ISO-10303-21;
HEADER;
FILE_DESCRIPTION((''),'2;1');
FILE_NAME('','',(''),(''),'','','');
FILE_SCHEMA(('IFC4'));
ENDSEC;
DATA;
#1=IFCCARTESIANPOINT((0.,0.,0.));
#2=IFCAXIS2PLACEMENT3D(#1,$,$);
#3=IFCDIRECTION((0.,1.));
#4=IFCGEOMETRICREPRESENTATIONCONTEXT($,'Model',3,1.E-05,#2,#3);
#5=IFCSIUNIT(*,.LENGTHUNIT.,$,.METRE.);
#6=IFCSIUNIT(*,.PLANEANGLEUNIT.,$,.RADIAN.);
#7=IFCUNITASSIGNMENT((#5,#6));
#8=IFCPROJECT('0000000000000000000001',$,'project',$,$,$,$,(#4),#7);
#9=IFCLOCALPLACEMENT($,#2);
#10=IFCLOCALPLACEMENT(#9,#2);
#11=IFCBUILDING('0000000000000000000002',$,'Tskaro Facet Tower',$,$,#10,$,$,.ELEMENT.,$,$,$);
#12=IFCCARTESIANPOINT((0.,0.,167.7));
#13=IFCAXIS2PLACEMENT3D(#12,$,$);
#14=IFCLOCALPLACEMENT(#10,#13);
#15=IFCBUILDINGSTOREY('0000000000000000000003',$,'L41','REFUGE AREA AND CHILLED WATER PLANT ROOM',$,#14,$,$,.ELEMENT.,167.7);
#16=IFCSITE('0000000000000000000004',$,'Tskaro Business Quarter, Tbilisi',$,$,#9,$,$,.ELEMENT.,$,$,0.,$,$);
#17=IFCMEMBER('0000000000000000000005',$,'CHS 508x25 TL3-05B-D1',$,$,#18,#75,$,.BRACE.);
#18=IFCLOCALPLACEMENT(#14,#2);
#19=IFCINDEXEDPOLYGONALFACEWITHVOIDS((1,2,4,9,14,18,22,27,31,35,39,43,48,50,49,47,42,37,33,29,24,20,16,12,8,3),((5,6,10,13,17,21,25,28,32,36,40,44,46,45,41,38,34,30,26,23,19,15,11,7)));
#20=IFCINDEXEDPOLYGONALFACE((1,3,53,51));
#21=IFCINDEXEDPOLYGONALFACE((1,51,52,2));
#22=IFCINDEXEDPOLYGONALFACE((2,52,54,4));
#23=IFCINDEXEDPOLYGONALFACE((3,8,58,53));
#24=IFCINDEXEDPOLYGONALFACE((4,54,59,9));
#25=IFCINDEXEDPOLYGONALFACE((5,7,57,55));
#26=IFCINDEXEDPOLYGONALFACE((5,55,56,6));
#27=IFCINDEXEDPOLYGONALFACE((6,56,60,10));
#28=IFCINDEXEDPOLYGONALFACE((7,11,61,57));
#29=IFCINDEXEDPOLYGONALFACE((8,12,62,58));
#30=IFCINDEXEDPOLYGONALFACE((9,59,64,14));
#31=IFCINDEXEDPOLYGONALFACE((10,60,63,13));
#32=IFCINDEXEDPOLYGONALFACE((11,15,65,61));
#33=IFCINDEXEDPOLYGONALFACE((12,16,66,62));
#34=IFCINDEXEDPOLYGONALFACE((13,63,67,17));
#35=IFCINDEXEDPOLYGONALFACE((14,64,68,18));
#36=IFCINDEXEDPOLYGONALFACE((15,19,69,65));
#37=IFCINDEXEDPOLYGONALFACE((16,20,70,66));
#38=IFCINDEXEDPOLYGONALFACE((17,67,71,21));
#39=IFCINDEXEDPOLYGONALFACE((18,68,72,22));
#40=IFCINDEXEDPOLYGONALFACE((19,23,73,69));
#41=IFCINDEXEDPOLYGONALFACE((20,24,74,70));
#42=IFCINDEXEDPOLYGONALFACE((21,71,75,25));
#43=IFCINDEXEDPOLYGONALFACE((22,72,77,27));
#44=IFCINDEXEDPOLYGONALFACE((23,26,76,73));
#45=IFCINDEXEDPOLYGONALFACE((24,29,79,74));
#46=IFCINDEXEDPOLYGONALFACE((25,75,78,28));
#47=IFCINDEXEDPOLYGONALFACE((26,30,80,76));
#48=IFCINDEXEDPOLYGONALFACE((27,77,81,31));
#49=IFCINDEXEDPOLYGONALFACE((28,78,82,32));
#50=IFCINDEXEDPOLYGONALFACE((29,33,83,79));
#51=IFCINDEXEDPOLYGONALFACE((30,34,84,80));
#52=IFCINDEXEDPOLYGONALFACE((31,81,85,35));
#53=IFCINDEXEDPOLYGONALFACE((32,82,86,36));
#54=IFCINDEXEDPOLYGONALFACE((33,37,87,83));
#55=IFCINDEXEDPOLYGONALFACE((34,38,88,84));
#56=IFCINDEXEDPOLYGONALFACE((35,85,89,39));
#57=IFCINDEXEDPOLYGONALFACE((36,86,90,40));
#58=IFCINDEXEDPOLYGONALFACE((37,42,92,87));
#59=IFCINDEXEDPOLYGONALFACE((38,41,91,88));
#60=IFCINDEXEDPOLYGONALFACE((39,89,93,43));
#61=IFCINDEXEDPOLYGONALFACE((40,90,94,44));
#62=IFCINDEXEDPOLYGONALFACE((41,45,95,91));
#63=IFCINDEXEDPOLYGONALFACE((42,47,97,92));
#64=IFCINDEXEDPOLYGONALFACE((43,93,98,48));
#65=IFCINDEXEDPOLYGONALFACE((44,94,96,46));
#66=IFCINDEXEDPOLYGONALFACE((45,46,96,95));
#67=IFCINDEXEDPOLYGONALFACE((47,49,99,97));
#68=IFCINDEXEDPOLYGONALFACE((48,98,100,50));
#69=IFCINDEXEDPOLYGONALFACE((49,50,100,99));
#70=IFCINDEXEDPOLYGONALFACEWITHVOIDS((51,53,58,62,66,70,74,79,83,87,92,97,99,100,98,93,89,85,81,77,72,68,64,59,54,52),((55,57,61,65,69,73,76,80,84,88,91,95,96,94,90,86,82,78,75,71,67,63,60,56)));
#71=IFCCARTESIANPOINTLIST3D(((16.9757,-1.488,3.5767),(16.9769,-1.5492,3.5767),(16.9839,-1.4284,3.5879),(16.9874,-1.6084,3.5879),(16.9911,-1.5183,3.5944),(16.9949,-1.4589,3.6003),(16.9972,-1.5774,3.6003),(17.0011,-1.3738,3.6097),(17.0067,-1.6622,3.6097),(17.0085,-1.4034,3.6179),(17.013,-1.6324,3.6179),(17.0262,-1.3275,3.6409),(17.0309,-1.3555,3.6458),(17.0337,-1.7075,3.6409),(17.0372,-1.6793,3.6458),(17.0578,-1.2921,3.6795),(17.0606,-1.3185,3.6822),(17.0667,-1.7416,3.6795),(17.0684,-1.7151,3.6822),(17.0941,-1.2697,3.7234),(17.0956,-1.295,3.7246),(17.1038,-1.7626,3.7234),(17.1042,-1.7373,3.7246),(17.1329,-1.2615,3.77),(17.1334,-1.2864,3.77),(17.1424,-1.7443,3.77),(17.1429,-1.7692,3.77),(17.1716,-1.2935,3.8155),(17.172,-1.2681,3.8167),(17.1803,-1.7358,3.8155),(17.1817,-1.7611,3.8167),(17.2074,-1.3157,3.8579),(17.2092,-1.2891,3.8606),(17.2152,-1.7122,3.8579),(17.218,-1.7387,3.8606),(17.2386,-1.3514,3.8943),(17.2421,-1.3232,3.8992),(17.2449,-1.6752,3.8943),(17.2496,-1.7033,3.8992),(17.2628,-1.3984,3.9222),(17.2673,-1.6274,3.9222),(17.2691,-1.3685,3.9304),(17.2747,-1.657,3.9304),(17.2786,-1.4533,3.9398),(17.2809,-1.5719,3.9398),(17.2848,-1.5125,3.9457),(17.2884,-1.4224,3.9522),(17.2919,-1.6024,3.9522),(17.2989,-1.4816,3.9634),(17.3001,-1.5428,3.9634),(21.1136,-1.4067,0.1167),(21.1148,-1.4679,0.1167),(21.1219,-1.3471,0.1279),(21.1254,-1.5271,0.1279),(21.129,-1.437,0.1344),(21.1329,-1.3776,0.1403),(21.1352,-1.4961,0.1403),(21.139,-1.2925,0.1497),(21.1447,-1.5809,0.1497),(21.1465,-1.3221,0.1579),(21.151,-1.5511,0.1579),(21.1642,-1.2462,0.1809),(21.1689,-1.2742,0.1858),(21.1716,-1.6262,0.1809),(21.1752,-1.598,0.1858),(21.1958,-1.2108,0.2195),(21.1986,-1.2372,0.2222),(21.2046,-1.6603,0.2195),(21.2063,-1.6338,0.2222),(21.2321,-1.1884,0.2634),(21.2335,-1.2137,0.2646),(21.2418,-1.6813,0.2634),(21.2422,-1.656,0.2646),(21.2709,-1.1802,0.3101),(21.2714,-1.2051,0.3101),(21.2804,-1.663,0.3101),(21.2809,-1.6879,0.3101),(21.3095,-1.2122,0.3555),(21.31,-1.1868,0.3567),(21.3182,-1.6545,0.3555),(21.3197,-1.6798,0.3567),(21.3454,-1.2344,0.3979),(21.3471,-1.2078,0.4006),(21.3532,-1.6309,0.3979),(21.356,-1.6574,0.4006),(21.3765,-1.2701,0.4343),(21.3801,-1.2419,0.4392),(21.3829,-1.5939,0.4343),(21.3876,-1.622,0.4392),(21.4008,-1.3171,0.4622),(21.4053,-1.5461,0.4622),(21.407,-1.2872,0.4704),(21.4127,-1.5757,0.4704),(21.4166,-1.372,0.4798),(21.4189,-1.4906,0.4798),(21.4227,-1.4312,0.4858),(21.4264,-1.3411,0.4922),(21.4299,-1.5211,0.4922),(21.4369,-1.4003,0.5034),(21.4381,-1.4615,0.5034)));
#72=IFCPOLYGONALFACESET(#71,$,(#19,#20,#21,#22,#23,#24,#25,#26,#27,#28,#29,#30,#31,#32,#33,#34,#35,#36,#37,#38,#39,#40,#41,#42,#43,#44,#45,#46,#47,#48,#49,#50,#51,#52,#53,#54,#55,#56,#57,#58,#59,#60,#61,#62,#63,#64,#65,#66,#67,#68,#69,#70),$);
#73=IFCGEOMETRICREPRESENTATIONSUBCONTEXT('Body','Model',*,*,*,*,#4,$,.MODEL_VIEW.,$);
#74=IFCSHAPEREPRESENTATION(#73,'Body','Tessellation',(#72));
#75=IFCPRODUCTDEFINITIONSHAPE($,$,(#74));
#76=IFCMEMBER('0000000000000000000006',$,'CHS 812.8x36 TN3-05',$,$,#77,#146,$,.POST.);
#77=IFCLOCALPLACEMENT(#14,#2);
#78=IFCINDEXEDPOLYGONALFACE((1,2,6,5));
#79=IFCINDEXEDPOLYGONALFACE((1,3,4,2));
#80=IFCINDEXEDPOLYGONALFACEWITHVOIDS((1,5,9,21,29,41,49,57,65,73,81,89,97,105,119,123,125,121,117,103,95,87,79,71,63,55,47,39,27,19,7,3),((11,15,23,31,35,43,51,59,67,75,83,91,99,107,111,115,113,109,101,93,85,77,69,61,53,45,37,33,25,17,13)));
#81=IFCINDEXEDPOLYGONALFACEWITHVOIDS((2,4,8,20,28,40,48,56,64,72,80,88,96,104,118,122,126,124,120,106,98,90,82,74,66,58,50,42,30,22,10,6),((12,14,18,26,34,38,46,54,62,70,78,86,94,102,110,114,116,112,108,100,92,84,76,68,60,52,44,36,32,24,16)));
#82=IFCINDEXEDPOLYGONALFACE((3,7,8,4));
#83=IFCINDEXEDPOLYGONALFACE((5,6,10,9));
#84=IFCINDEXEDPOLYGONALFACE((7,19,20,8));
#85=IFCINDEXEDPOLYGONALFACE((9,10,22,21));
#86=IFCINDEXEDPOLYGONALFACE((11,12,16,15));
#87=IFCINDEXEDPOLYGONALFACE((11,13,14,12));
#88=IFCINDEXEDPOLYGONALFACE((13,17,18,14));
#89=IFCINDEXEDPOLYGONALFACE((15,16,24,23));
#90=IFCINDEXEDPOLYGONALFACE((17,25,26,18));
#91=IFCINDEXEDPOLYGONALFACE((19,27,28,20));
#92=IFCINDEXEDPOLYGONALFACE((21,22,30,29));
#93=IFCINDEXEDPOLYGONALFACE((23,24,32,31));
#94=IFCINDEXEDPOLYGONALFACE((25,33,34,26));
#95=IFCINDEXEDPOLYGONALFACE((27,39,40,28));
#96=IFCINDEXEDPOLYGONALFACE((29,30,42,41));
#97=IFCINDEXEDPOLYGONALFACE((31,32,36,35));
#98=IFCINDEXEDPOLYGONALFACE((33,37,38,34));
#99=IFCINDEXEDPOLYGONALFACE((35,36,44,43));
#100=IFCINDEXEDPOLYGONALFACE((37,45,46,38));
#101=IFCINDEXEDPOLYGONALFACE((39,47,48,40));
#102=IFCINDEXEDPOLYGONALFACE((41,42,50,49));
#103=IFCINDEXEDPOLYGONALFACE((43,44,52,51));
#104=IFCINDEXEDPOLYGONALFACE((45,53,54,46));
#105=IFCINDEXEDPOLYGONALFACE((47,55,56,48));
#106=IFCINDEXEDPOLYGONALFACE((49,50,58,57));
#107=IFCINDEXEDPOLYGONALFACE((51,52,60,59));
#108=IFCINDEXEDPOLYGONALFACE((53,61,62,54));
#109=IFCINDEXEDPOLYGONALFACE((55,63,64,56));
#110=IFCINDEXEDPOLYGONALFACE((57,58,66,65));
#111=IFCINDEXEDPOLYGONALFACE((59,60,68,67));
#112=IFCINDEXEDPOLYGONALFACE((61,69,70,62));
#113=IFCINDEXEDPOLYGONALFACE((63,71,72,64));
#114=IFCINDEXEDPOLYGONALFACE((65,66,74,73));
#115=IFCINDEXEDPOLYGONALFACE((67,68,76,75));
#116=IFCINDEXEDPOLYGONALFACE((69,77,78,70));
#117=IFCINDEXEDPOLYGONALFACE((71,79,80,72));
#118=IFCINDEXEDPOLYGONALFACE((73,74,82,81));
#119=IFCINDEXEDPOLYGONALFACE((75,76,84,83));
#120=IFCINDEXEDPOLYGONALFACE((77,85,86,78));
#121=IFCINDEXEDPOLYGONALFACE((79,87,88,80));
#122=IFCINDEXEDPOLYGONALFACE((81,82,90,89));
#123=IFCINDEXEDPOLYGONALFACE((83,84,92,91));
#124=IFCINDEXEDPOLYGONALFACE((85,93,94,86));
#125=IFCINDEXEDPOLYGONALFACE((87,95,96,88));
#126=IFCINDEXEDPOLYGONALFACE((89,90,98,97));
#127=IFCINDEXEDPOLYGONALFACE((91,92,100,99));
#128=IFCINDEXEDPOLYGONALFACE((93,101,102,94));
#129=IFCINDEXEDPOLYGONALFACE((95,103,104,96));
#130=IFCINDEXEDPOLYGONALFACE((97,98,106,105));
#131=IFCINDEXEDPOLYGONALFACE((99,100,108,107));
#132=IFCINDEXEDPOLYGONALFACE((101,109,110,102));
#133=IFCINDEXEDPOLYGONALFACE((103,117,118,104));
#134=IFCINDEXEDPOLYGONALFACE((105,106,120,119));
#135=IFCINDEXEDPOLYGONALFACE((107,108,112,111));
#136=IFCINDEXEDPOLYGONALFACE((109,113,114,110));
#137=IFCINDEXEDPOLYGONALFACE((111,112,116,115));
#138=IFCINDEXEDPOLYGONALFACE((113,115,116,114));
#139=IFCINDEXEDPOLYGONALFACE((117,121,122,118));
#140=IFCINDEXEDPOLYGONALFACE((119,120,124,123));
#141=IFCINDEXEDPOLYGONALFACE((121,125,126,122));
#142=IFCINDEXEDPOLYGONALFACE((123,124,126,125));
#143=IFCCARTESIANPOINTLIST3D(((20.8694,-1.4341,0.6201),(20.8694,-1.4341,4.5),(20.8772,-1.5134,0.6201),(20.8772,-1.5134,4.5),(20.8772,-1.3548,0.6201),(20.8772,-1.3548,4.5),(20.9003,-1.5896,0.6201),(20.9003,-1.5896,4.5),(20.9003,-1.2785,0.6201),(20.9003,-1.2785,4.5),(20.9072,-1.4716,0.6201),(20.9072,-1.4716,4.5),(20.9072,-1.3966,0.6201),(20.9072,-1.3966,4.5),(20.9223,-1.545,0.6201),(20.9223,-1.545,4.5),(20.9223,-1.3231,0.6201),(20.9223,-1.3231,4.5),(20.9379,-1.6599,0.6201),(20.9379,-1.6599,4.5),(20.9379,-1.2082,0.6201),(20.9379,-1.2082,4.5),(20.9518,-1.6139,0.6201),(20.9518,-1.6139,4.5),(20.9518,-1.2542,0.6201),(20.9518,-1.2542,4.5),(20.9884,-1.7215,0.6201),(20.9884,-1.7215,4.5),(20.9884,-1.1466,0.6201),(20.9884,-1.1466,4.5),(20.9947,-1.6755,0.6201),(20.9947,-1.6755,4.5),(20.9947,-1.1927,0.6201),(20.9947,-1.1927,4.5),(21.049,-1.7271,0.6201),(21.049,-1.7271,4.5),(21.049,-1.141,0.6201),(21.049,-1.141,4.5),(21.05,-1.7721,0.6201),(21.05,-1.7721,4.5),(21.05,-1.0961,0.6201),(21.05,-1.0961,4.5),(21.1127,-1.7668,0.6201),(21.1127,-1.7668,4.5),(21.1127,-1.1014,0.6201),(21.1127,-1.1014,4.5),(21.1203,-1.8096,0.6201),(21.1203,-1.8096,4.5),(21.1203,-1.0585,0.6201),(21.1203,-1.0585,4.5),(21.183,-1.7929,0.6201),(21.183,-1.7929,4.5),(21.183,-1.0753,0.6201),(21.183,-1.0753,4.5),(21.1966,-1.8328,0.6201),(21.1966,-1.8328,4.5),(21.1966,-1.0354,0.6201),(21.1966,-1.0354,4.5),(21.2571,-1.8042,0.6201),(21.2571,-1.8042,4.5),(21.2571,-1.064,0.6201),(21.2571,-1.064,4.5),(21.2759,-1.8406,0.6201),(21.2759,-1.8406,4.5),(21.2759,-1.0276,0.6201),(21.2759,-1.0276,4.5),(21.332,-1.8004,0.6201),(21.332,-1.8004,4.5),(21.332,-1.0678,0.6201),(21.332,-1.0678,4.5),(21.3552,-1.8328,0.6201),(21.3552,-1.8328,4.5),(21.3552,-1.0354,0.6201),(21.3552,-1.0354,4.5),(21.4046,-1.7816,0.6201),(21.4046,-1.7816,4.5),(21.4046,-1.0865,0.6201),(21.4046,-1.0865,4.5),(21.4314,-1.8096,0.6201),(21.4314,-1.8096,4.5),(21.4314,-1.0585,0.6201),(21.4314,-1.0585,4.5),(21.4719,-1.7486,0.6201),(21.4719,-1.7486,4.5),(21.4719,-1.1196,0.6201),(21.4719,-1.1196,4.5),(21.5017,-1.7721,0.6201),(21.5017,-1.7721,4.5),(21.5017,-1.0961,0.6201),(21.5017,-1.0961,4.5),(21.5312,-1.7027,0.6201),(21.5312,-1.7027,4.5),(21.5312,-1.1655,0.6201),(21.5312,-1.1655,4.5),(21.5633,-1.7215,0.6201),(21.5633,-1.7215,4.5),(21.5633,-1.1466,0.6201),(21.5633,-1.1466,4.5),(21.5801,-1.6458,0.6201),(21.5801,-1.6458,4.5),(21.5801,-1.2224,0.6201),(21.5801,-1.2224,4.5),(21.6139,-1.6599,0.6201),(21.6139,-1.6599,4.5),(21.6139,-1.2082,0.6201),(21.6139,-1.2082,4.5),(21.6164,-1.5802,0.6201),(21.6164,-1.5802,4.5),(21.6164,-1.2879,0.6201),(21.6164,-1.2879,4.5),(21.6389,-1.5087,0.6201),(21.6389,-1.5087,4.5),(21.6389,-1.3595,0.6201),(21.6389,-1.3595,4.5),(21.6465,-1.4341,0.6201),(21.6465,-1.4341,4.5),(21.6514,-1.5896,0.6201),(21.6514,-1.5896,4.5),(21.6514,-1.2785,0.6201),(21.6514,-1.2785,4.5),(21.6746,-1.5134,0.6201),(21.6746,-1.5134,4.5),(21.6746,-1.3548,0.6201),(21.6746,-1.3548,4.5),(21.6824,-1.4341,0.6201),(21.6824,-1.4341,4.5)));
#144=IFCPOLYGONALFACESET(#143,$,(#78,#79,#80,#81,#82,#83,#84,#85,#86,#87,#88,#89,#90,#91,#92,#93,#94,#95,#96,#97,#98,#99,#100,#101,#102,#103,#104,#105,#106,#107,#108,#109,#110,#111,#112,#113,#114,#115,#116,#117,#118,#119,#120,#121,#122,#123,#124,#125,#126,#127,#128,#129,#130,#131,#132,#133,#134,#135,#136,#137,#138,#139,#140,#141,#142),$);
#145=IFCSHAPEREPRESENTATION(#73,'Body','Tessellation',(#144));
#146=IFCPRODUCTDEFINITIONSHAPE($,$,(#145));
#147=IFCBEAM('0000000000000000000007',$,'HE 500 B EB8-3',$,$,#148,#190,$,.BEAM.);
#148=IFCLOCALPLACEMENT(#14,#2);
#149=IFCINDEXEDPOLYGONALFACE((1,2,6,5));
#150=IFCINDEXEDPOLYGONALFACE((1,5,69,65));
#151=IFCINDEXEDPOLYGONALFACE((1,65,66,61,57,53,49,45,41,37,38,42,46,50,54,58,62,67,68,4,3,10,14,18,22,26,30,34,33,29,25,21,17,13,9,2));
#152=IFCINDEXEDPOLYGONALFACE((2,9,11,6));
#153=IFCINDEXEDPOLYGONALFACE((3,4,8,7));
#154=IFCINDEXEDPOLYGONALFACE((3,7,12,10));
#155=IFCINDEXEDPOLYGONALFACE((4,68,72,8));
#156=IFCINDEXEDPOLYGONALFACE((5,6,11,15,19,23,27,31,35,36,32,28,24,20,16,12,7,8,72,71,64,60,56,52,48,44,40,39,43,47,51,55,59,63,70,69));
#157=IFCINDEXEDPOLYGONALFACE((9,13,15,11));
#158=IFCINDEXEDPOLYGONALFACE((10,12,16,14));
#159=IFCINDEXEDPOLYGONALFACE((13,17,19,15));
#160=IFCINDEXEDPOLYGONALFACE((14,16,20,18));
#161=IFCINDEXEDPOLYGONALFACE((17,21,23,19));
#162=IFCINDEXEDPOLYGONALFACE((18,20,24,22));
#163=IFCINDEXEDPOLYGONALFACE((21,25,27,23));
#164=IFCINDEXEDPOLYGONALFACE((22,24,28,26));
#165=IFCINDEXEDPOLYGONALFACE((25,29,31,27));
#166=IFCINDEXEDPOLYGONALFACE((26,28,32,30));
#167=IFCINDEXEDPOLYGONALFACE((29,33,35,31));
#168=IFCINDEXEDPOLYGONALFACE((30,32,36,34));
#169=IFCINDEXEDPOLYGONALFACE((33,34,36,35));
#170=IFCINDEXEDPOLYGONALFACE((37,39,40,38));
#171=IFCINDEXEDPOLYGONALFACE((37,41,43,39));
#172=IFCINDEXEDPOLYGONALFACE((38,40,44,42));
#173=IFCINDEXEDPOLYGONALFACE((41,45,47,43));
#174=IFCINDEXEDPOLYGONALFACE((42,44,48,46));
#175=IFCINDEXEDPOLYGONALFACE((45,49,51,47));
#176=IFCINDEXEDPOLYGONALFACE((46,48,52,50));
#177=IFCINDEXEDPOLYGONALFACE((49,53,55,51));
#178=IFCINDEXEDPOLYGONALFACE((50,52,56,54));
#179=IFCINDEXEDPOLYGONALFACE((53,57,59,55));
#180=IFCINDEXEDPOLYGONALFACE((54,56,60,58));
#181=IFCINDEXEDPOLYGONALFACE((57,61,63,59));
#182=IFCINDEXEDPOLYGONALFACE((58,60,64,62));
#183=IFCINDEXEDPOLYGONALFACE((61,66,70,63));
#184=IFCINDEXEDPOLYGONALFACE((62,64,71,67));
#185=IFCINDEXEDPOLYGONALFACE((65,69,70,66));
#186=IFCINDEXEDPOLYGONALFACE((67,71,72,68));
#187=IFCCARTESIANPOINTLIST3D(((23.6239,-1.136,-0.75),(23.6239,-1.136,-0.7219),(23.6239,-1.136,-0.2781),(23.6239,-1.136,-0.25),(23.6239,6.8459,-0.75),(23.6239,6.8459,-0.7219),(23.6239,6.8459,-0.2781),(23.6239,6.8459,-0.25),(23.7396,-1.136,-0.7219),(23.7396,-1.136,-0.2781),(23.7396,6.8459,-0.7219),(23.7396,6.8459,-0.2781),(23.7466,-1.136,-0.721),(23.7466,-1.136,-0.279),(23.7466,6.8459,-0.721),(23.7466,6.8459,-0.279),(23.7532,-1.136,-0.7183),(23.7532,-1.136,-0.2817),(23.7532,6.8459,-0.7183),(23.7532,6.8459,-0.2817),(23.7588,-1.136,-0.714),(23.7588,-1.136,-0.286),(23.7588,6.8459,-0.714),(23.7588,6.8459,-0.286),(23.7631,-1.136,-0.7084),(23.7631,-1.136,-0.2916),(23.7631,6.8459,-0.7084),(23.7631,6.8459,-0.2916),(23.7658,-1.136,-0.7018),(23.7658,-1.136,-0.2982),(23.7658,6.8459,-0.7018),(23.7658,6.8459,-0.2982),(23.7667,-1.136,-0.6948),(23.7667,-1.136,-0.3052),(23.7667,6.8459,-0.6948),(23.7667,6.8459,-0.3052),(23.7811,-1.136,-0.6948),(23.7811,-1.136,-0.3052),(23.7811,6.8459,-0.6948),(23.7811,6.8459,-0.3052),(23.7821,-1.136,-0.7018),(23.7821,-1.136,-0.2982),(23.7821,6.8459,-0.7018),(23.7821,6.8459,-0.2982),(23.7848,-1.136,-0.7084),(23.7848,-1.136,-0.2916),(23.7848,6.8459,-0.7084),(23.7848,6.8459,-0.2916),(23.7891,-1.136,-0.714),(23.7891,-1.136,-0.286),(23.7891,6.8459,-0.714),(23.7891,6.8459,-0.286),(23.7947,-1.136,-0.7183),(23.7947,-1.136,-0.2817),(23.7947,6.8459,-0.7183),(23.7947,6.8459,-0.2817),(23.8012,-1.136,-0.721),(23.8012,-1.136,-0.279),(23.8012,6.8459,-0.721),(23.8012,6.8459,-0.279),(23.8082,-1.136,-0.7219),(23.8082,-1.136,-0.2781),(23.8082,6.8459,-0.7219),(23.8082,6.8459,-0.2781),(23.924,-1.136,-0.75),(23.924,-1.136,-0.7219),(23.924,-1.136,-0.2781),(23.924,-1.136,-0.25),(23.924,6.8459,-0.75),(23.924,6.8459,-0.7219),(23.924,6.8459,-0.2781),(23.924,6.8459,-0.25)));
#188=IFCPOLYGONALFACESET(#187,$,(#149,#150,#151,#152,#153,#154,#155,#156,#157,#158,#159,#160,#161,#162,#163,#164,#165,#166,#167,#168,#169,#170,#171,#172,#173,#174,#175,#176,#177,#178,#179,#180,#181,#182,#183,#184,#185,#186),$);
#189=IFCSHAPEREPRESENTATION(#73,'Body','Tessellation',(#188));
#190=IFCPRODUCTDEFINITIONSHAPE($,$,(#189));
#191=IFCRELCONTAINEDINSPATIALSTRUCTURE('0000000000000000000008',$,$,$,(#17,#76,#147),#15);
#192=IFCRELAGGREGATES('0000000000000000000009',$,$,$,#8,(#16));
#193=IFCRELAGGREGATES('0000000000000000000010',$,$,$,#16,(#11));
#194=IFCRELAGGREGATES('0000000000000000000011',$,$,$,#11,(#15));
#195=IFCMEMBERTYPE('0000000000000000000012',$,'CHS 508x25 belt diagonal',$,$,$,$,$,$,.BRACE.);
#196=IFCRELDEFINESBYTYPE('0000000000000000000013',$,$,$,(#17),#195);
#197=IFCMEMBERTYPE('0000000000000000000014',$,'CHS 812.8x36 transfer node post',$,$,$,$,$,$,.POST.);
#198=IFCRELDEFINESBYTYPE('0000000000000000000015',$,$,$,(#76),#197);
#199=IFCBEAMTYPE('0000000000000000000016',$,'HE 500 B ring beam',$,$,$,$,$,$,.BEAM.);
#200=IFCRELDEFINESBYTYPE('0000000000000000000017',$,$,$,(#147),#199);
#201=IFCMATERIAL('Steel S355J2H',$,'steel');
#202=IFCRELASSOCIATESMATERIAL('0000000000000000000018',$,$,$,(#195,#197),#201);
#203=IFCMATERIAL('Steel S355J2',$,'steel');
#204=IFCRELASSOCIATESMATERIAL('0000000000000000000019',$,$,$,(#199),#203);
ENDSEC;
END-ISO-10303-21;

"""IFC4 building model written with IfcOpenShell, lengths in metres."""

from ifc_helpers import new_model, si_unit, direction, frame, origin, origin_2d, place, context, subcontext, project, spatial, hollow_circle, i_section, extrude, material, material_profile, profile_set, type_object, element, save


model = new_model("IFC4")

# Units and contexts
model_context = context("Model", 3, precision=1e-05, world=origin(), true_north=direction((0.0, 1.0)))
body_context = subcontext(model_context, "Body", "Model", "MODEL_VIEW")
ifc_project = project(units=[si_unit("LENGTHUNIT", "METRE"), si_unit("PLANEANGLEUNIT", "RADIAN")], contexts=[model_context])

# Site, building, storey
site_placement = place(None, origin())
site = spatial("IfcSite", under=ifc_project, at=site_placement, Name="Tskaro Business Quarter, Tbilisi", CompositionType="ELEMENT", RefElevation=0.0)
building_placement = place(site_placement, origin())
building = spatial("IfcBuilding", under=site, at=building_placement, Name="Tskaro Facet Tower", CompositionType="ELEMENT")
storey_placement = place(building_placement, frame((0.0, 0.0, 167.7)))
storey = spatial("IfcBuildingStorey", under=building, at=storey_placement, Name="L41", Description="REFUGE AREA AND CHILLED WATER PLANT ROOM", CompositionType="ELEMENT", Elevation=167.7)

# Shared definitions
ifc_material_1 = material(Name="Steel S355J2H", Category="steel")

# Shared definitions
ifc_material_2 = material(Name="Steel S355J2", Category="steel")

# Members
ifc_material_profile_1 = material_profile(ifc_material_1, hollow_circle(Radius=0.2539, WallThickness=0.0249, at=origin_2d()), Name="CHS 508x25")
ifc_profile_set_1 = profile_set([ifc_material_profile_1], Name="Steel S355J2H")
member_type_1 = type_object("IfcMemberType", Name="CHS 508x25 belt diagonal", PredefinedType="BRACE", material=ifc_profile_set_1)
member_1_placement = place(storey_placement, frame((21.2759, -1.4341, 0.3101), z_axis=(-0.767068, -0.015071, 0.641388), x_axis=(0.019643, -0.999807, 0.0)))
element("IfcMember", 1, at=member_1_placement, inside=storey, type_object=member_type_1, Name="CHS 508x25 TL3-05B-D1", PredefinedType="BRACE", context=body_context, shape_type="SweptSolid", body=[
    extrude(hollow_circle(Radius=0.2539, WallThickness=0.0249, at=origin_2d()), origin(), (0.0, 0.0, 1.0), 5.3945),
])
ifc_material_profile_2 = material_profile(ifc_material_1, hollow_circle(Radius=0.4065, WallThickness=0.0359, at=origin_2d()), Name="CHS 812.8x36")
ifc_profile_set_2 = profile_set([ifc_material_profile_2], Name="Steel S355J2H")
member_type_2 = type_object("IfcMemberType", Name="CHS 812.8x36 transfer node post", PredefinedType="POST", material=ifc_profile_set_2)
member_2_placement = place(storey_placement, frame((21.2759, -1.4341, 0.6201), z_axis=(0.0, 0.0, 1.0), x_axis=(1.0, 0.0, 0.0)))
element("IfcMember", 2, at=member_2_placement, inside=storey, type_object=member_type_2, Name="CHS 812.8x36 TN3-05", PredefinedType="POST", context=body_context, shape_type="SweptSolid", body=[
    extrude(hollow_circle(Radius=0.4065, WallThickness=0.0359, at=origin_2d()), origin(), (0.0, 0.0, 1.0), 3.8799),
])

# Beam
ifc_material_profile_3 = material_profile(ifc_material_2, i_section(OverallWidth=0.3, OverallDepth=0.5, WebThickness=0.0144, FlangeThickness=0.0281, FilletRadius=0.0271, at=origin_2d()), Name="HE 500 B")
ifc_profile_set_3 = profile_set([ifc_material_profile_3], Name="Steel S355J2")
beam_type_1 = type_object("IfcBeamType", Name="HE 500 B ring beam", PredefinedType="BEAM", material=ifc_profile_set_3)
for number, where, z_axis, x_axis, name in (
    (3, (23.7739, -1.136, -0.5), (0.0, 1.0, 0.0), (-1.0, 0.0, 0.0), "HE 500 B EB8-3"),
):
    element("IfcBeam", number, at=place(storey_placement, frame(where, z_axis=z_axis, x_axis=x_axis)), inside=storey, type_object=beam_type_1, Name=name, PredefinedType="BEAM", context=body_context, shape_type="SweptSolid", body=[
        extrude(i_section(OverallWidth=0.3, OverallDepth=0.5, WebThickness=0.0144, FlangeThickness=0.0281, FilletRadius=0.0271, at=origin_2d()), origin(), (0.0, 0.0, 1.0), 7.9819),
    ])

save(model, "model.ifc")
